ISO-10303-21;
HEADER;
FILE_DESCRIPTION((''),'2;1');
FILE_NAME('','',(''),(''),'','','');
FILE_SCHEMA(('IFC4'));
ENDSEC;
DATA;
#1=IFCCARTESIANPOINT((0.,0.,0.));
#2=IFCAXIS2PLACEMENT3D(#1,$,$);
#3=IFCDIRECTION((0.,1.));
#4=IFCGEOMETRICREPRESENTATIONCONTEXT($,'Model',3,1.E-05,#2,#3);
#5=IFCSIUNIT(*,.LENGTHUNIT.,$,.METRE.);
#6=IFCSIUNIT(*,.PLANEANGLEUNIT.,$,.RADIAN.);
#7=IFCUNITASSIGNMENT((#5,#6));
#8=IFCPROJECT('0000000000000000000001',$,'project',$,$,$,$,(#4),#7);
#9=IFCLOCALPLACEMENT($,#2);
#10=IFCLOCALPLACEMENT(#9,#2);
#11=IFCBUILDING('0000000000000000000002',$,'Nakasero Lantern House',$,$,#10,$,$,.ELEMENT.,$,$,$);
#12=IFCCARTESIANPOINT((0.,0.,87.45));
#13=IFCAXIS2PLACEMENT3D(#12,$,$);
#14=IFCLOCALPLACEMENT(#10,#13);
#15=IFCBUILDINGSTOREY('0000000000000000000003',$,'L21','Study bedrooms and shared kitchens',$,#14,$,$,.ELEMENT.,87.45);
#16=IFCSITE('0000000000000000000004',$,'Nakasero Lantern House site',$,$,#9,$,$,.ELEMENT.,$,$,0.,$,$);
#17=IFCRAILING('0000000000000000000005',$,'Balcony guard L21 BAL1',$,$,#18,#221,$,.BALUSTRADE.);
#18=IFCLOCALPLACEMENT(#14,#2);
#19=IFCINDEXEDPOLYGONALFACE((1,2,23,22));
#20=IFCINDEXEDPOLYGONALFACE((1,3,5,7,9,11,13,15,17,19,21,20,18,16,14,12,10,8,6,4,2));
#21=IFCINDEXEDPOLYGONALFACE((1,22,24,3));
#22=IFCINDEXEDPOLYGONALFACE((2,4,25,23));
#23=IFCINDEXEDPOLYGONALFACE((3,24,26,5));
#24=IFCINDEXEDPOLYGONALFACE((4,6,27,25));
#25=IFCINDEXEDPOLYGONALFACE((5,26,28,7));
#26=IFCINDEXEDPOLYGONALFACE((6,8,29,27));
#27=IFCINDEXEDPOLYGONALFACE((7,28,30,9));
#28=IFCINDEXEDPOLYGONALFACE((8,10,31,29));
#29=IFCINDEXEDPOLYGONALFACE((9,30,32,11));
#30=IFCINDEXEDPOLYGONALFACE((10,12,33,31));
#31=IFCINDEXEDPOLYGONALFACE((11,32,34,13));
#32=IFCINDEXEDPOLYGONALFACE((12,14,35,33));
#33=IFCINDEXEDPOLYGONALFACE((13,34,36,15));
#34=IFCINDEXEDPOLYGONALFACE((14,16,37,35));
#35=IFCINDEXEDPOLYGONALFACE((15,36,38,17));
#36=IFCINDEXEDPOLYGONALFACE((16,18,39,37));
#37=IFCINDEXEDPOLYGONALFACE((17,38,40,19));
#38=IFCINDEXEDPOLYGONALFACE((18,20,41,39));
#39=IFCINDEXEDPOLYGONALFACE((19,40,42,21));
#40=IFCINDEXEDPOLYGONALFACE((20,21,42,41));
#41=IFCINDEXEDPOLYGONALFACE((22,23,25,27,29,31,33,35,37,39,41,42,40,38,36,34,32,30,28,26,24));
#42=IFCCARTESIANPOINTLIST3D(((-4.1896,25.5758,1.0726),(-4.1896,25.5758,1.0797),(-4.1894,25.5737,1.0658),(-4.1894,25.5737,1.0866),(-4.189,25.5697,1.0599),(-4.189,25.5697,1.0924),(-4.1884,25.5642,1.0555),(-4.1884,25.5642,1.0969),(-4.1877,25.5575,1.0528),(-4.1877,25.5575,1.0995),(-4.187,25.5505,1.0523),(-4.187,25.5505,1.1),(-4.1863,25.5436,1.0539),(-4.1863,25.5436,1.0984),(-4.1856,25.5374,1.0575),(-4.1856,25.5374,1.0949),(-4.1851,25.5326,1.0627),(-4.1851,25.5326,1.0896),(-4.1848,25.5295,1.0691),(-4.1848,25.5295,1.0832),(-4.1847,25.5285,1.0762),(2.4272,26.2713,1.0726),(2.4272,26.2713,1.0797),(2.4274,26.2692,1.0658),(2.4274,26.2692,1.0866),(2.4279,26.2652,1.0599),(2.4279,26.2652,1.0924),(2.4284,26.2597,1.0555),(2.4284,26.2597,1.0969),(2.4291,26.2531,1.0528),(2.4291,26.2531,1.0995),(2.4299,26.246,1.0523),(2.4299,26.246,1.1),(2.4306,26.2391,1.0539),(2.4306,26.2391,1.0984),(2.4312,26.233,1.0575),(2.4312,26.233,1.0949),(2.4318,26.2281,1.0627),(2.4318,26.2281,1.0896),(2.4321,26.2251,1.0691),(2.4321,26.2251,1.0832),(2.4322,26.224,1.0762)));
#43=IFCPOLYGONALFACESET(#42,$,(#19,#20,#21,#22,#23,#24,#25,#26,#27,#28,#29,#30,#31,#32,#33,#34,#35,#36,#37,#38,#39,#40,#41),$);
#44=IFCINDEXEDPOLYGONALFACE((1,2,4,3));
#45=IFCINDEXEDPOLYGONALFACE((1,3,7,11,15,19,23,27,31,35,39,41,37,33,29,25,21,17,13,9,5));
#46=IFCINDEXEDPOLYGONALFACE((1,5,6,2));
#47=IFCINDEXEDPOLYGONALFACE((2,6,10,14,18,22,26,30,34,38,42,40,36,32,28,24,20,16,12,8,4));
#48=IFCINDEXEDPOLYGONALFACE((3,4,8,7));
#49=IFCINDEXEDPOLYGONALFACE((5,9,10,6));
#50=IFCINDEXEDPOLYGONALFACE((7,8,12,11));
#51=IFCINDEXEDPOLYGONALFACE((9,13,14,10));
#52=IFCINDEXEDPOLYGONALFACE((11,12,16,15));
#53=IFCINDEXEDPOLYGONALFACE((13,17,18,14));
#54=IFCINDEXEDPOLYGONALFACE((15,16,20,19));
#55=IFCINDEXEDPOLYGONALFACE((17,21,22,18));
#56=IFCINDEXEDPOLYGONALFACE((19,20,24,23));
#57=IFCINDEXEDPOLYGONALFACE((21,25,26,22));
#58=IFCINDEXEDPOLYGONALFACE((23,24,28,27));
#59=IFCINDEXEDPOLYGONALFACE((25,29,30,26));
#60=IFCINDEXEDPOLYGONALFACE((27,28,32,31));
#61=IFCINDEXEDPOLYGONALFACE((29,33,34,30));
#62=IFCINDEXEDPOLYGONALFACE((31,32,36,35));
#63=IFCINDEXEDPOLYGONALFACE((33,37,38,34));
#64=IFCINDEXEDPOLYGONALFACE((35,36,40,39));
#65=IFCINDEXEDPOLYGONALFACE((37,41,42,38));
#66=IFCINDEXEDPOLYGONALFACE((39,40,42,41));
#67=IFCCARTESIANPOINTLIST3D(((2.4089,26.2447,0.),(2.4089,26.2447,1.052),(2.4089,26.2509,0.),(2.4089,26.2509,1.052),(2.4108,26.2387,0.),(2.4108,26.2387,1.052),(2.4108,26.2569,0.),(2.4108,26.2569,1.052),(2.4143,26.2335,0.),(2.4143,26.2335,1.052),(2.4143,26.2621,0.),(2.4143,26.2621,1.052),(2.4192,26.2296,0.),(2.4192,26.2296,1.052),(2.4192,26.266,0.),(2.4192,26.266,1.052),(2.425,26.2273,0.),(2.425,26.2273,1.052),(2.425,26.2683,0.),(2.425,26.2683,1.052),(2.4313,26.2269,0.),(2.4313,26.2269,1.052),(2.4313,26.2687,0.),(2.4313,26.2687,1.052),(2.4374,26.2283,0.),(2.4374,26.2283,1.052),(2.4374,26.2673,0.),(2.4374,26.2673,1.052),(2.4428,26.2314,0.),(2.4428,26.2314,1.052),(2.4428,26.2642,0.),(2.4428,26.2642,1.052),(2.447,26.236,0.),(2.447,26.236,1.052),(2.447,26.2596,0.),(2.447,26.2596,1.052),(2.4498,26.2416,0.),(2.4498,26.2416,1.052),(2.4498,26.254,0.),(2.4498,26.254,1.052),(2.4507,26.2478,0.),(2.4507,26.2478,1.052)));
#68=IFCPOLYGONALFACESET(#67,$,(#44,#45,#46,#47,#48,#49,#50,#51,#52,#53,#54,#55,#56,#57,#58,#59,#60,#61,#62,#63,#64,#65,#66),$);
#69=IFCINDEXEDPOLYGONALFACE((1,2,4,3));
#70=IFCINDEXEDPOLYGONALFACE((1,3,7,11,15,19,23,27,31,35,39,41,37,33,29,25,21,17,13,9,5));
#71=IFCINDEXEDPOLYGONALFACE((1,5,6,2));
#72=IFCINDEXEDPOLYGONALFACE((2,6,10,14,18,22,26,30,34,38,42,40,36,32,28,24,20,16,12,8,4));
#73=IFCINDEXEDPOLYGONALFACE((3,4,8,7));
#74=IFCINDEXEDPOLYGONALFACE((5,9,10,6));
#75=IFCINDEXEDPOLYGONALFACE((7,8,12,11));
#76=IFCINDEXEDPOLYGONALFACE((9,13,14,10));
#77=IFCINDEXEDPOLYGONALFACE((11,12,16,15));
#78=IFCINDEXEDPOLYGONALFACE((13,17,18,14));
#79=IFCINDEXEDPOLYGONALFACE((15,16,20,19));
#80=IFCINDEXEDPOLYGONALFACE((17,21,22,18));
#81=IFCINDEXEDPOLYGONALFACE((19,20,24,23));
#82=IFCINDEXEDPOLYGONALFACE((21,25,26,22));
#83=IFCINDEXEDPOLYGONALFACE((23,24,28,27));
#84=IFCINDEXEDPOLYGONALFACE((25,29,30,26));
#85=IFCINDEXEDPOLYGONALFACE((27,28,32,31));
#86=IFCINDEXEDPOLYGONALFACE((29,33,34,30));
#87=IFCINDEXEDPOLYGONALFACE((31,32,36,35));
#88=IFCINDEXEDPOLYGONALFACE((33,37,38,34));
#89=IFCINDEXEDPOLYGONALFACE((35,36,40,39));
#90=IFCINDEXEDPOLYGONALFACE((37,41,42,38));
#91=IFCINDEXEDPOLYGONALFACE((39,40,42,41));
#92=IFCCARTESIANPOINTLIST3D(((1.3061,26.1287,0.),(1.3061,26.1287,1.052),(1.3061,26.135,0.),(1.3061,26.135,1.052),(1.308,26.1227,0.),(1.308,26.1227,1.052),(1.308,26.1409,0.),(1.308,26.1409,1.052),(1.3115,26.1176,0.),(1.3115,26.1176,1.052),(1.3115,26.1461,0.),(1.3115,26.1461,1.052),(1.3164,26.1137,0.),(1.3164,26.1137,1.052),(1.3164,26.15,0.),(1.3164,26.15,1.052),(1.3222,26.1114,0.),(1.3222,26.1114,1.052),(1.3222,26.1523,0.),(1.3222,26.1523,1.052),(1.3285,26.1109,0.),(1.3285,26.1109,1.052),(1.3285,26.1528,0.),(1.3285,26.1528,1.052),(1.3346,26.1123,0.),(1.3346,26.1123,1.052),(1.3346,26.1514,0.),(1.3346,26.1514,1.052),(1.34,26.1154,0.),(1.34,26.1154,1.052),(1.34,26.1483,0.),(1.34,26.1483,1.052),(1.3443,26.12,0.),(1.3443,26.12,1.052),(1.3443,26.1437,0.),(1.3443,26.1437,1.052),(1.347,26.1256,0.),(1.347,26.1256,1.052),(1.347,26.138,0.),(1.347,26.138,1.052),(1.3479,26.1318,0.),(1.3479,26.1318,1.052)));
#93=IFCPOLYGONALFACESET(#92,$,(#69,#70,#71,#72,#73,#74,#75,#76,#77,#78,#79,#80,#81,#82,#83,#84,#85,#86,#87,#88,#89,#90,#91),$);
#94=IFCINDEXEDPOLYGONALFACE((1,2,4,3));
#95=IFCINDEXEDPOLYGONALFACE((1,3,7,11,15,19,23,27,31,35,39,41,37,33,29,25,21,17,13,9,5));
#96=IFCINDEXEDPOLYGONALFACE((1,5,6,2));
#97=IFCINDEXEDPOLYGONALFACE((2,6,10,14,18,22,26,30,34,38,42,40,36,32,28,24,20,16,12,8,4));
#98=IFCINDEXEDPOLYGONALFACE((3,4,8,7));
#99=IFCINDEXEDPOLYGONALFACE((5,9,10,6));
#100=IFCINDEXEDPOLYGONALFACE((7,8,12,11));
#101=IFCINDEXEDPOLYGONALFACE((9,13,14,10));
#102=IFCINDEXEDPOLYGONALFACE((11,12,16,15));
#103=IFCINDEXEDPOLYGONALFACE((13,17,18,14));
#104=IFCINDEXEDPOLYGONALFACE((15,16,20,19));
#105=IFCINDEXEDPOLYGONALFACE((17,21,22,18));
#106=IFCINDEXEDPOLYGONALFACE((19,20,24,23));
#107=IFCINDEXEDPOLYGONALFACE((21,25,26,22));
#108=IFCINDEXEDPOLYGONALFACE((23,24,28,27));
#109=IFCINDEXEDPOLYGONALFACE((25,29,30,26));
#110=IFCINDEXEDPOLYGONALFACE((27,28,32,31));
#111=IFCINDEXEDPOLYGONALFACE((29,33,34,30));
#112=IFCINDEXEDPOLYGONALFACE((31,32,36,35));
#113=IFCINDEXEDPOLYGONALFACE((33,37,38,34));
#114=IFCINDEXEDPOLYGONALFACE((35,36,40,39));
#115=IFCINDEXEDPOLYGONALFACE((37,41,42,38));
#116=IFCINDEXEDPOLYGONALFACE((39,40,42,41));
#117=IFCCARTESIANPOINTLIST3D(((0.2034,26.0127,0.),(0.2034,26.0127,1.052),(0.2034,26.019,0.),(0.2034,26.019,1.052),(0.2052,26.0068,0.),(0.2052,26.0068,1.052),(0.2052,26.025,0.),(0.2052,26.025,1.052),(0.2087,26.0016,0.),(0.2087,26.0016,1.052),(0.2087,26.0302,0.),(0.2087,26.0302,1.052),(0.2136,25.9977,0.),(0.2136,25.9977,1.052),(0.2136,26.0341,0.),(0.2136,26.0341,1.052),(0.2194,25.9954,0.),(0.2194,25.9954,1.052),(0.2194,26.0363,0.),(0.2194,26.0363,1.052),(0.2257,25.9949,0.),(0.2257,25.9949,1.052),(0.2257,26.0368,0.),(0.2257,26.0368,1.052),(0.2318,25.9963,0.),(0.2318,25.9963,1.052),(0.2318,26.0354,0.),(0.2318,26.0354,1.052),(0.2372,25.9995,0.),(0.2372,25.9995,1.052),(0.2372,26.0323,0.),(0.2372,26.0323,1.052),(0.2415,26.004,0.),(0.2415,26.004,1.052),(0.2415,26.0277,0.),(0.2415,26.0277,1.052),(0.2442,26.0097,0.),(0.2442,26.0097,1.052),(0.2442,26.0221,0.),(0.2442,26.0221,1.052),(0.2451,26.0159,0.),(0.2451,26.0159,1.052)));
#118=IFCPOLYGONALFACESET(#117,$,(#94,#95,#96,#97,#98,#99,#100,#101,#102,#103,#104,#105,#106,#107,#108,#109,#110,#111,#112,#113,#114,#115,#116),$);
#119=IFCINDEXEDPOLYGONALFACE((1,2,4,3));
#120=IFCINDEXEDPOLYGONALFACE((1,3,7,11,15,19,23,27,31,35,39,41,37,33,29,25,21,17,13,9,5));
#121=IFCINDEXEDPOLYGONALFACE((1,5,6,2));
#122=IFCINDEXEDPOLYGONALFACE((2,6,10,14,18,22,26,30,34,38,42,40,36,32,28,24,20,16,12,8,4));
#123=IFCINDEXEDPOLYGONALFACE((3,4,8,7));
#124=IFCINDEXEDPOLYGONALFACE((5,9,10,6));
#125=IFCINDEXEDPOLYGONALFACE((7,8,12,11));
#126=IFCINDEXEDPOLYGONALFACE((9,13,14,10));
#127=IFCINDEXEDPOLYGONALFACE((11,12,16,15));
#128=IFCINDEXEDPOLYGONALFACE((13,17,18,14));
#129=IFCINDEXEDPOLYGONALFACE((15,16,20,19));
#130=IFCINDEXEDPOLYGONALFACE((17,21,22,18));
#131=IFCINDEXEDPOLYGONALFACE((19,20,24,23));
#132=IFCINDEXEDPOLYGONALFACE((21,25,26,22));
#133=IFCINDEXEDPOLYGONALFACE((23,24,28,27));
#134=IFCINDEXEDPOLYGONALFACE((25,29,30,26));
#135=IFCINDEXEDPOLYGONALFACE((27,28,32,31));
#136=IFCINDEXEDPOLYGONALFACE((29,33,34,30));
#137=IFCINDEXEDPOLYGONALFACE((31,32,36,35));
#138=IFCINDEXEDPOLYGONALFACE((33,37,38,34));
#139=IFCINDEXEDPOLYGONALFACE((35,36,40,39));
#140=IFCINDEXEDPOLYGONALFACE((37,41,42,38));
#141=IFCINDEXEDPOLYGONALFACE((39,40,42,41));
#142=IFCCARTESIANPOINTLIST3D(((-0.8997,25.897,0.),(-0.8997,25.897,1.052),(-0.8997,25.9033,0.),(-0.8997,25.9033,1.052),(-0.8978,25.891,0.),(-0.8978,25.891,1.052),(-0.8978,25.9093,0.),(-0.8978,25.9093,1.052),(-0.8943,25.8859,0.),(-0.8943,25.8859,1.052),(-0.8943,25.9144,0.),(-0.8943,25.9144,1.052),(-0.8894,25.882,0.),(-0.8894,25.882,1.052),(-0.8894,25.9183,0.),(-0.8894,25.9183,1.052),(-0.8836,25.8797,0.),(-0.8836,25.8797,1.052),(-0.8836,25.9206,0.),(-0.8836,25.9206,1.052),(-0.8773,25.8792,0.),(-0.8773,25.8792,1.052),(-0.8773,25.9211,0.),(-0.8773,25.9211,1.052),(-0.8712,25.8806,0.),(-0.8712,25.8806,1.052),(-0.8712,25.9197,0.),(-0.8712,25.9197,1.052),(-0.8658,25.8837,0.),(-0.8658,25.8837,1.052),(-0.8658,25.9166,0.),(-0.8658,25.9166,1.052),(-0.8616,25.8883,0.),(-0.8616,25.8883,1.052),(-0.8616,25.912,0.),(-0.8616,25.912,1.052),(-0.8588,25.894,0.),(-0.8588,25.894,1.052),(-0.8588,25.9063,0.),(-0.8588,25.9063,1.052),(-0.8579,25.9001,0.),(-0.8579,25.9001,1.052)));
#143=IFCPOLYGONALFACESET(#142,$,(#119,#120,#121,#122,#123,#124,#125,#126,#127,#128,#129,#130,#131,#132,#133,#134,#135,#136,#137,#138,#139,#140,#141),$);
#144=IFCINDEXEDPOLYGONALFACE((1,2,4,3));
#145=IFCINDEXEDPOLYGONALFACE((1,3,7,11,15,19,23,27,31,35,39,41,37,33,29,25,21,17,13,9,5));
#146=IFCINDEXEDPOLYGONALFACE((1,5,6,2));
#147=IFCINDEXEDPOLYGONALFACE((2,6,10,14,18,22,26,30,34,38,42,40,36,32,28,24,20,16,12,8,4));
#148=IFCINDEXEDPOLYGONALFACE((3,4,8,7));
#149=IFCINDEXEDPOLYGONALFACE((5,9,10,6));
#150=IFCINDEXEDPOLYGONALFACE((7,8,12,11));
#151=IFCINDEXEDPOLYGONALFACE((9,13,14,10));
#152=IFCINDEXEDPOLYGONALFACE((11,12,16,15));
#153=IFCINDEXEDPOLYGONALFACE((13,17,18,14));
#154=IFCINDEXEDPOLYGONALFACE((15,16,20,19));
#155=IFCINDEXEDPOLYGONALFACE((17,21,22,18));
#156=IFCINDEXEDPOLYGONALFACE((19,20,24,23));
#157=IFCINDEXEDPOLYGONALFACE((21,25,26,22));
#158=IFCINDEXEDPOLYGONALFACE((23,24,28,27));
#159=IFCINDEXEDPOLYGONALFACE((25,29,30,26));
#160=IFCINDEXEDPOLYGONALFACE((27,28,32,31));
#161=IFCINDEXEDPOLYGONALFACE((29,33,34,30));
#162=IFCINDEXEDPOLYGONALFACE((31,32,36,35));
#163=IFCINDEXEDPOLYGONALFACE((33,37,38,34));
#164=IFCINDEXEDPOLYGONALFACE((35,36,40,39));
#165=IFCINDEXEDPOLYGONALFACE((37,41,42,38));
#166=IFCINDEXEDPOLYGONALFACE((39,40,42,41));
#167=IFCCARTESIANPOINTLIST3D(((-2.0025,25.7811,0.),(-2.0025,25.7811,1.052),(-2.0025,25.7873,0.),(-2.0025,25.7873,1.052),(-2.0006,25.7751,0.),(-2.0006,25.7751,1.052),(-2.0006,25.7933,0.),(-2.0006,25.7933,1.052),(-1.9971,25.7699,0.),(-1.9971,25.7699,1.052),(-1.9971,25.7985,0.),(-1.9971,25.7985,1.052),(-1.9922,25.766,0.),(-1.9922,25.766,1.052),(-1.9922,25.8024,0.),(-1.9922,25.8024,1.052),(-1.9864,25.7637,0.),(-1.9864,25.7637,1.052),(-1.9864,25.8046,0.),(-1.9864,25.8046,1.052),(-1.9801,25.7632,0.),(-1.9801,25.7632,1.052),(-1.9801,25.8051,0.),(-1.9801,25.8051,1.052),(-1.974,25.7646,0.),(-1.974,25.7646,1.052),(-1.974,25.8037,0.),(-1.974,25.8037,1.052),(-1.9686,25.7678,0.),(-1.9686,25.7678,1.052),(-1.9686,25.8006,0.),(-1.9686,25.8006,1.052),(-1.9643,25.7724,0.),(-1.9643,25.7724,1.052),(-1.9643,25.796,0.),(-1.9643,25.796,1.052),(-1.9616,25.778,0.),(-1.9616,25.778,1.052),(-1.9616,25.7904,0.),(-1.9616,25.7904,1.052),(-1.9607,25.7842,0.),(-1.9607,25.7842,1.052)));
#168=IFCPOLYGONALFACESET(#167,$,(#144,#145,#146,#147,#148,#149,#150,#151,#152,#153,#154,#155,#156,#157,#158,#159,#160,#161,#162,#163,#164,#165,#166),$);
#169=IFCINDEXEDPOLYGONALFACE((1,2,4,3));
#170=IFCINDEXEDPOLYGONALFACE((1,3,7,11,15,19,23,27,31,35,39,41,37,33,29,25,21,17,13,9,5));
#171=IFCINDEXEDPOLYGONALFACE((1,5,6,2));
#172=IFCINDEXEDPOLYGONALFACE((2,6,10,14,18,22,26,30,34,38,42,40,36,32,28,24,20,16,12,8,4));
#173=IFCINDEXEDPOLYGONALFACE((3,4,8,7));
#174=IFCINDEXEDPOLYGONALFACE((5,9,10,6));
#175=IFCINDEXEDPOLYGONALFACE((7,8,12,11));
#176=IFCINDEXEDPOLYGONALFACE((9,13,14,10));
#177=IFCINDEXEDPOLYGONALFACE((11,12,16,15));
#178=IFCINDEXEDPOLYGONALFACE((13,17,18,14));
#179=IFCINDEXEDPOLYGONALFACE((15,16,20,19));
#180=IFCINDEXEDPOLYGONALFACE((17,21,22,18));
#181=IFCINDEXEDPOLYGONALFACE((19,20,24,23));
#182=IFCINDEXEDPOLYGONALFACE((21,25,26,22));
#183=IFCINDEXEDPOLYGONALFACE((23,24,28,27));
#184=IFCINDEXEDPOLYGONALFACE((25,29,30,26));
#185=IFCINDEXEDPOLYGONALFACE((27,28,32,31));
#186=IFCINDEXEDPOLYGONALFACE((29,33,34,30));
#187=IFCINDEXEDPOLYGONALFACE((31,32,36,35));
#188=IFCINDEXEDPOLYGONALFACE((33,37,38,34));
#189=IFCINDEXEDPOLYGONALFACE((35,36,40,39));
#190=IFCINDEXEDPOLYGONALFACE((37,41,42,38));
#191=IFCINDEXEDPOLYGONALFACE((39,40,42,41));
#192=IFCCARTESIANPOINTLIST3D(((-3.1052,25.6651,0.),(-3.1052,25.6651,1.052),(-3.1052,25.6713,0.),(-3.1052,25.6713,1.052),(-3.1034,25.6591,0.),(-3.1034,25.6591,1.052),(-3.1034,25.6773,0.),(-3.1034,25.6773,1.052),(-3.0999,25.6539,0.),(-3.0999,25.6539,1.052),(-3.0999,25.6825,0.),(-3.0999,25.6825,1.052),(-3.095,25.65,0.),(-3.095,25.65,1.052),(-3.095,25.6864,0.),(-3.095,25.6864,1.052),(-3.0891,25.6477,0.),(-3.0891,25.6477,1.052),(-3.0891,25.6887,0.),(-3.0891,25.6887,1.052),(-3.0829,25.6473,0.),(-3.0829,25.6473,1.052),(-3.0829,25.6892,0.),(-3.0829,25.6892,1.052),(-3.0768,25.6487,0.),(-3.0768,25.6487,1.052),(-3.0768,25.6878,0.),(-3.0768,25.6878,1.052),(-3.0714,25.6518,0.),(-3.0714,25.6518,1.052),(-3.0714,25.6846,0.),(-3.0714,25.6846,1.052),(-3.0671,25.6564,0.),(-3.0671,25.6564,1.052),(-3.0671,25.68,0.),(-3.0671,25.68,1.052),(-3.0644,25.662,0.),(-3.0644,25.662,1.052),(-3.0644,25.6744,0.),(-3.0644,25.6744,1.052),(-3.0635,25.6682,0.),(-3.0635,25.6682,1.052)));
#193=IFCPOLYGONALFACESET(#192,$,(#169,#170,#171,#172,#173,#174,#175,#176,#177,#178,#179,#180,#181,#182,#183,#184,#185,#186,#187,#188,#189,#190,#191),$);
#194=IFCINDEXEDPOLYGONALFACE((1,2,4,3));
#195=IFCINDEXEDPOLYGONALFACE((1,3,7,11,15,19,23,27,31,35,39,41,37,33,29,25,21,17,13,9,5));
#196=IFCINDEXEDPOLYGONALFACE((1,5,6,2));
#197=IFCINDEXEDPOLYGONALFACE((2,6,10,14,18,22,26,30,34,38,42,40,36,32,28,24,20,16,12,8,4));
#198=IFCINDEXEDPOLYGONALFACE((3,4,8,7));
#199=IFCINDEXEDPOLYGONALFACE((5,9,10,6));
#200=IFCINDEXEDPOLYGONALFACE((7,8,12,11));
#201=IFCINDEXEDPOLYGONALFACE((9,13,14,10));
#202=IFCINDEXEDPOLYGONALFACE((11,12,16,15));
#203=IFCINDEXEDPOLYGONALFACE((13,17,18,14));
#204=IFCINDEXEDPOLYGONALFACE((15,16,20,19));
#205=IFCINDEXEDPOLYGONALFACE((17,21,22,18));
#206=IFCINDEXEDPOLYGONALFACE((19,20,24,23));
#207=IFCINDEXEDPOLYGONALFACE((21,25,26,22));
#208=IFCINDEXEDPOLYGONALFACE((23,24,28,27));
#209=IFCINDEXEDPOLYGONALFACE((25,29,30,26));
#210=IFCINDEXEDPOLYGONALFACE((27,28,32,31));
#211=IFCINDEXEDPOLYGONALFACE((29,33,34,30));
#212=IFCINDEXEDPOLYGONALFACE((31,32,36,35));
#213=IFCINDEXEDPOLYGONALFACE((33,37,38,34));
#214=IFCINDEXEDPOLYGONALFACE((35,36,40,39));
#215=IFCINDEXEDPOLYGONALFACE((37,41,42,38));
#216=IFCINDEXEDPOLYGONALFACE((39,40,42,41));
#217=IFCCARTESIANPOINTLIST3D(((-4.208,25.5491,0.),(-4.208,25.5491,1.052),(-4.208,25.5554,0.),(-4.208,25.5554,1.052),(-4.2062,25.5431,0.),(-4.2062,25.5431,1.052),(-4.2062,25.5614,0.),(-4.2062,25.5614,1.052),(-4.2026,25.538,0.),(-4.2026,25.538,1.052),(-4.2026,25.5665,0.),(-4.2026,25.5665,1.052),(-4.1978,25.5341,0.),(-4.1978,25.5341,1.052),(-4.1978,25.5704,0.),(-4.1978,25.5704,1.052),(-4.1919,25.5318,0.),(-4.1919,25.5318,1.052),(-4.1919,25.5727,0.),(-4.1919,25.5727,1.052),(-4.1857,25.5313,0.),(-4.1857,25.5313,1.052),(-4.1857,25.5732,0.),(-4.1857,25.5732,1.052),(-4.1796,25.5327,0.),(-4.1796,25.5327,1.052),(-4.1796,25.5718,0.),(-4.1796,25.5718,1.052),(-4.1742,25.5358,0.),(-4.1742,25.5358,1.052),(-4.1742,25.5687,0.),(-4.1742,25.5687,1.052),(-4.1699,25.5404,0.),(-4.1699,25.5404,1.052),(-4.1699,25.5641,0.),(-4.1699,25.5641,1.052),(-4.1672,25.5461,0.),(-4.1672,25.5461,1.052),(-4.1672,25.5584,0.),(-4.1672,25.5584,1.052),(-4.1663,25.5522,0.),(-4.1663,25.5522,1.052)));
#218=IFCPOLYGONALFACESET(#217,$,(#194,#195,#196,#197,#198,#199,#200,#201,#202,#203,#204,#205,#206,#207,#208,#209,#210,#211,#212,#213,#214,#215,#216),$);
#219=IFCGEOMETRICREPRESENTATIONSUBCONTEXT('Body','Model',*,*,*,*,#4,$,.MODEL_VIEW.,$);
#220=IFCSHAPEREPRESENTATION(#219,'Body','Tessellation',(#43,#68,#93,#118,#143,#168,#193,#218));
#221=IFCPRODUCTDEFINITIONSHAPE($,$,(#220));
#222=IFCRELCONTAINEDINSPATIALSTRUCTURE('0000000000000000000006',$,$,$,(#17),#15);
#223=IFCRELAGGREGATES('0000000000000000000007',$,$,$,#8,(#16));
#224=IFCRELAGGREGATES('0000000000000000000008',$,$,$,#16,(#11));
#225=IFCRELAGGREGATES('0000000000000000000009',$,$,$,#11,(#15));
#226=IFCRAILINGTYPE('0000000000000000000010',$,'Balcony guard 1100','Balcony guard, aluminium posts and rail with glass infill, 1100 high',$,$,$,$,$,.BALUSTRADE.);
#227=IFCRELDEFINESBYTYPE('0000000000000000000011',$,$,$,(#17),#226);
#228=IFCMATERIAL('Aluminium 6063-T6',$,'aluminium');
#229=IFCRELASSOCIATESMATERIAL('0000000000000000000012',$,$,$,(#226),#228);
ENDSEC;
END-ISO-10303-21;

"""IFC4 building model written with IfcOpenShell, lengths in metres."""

from ifc_helpers import new_model, si_unit, direction, frame, origin, origin_2d, place, context, subcontext, project, spatial, circle, extrude, material, type_object, element, save


model = new_model("IFC4")

# Units and contexts
model_context = context("Model", 3, precision=1e-05, world=origin(), true_north=direction((0.0, 1.0)))
body_context = subcontext(model_context, "Body", "Model", "MODEL_VIEW")
ifc_project = project(units=[si_unit("LENGTHUNIT", "METRE"), si_unit("PLANEANGLEUNIT", "RADIAN")], contexts=[model_context])

# Site, building, storey
site_placement = place(None, origin())
site = spatial("IfcSite", under=ifc_project, at=site_placement, Name="Nakasero Lantern House site", CompositionType="ELEMENT", RefElevation=0.0)
building_placement = place(site_placement, origin())
building = spatial("IfcBuilding", under=site, at=building_placement, Name="Nakasero Lantern House", CompositionType="ELEMENT")
storey_placement = place(building_placement, frame((0.0, 0.0, 87.45)))
storey = spatial("IfcBuildingStorey", under=building, at=storey_placement, Name="L21", Description="Study bedrooms and shared kitchens", CompositionType="ELEMENT", Elevation=87.45)

# Railing
ifc_material_1 = material(Name="Aluminium 6063-T6", Category="aluminium")
railing_type = type_object("IfcRailingType", Name="Balcony guard 1100", Description="Balcony guard, aluminium posts and rail with glass infill, 1100 high", PredefinedType="BALUSTRADE", material=ifc_material_1)
railing_placement = place(storey_placement, frame((2.4297, 26.2478, 0.0)))
element("IfcRailing", 1, at=railing_placement, inside=storey, type_object=railing_type, Name="Balcony guard L21 BAL1", PredefinedType="BALUSTRADE", context=body_context, shape_type="SweptSolid", body=[
    extrude(circle(Radius=0.0239, at=origin_2d()), frame((0.0, 0.0, 1.0762), z_axis=(-0.994521, -0.104542, 0.0), x_axis=(0.104542, -0.994521, 0.0)), (0.0, 0.0, 1.0), 6.6533),
    extrude(circle(Radius=0.021, at=origin_2d()), origin(), (0.0, 0.0, 1.0), 1.052),
    extrude(circle(Radius=0.021, at=origin_2d()), frame((-1.1028, -0.116, 0.0)), (0.0, 0.0, 1.0), 1.052),
    extrude(circle(Radius=0.021, at=origin_2d()), frame((-2.2056, -0.2319, 0.0)), (0.0, 0.0, 1.0), 1.052),
    extrude(circle(Radius=0.021, at=origin_2d()), frame((-3.3086, -0.3477, 0.0)), (0.0, 0.0, 1.0), 1.052),
    extrude(circle(Radius=0.021, at=origin_2d()), frame((-4.4114, -0.4636, 0.0)), (0.0, 0.0, 1.0), 1.052),
    extrude(circle(Radius=0.021, at=origin_2d()), frame((-5.5142, -0.5796, 0.0)), (0.0, 0.0, 1.0), 1.052),
    extrude(circle(Radius=0.021, at=origin_2d()), frame((-6.6169, -0.6956, 0.0)), (0.0, 0.0, 1.0), 1.052),
])

save(model, "model.ifc")
